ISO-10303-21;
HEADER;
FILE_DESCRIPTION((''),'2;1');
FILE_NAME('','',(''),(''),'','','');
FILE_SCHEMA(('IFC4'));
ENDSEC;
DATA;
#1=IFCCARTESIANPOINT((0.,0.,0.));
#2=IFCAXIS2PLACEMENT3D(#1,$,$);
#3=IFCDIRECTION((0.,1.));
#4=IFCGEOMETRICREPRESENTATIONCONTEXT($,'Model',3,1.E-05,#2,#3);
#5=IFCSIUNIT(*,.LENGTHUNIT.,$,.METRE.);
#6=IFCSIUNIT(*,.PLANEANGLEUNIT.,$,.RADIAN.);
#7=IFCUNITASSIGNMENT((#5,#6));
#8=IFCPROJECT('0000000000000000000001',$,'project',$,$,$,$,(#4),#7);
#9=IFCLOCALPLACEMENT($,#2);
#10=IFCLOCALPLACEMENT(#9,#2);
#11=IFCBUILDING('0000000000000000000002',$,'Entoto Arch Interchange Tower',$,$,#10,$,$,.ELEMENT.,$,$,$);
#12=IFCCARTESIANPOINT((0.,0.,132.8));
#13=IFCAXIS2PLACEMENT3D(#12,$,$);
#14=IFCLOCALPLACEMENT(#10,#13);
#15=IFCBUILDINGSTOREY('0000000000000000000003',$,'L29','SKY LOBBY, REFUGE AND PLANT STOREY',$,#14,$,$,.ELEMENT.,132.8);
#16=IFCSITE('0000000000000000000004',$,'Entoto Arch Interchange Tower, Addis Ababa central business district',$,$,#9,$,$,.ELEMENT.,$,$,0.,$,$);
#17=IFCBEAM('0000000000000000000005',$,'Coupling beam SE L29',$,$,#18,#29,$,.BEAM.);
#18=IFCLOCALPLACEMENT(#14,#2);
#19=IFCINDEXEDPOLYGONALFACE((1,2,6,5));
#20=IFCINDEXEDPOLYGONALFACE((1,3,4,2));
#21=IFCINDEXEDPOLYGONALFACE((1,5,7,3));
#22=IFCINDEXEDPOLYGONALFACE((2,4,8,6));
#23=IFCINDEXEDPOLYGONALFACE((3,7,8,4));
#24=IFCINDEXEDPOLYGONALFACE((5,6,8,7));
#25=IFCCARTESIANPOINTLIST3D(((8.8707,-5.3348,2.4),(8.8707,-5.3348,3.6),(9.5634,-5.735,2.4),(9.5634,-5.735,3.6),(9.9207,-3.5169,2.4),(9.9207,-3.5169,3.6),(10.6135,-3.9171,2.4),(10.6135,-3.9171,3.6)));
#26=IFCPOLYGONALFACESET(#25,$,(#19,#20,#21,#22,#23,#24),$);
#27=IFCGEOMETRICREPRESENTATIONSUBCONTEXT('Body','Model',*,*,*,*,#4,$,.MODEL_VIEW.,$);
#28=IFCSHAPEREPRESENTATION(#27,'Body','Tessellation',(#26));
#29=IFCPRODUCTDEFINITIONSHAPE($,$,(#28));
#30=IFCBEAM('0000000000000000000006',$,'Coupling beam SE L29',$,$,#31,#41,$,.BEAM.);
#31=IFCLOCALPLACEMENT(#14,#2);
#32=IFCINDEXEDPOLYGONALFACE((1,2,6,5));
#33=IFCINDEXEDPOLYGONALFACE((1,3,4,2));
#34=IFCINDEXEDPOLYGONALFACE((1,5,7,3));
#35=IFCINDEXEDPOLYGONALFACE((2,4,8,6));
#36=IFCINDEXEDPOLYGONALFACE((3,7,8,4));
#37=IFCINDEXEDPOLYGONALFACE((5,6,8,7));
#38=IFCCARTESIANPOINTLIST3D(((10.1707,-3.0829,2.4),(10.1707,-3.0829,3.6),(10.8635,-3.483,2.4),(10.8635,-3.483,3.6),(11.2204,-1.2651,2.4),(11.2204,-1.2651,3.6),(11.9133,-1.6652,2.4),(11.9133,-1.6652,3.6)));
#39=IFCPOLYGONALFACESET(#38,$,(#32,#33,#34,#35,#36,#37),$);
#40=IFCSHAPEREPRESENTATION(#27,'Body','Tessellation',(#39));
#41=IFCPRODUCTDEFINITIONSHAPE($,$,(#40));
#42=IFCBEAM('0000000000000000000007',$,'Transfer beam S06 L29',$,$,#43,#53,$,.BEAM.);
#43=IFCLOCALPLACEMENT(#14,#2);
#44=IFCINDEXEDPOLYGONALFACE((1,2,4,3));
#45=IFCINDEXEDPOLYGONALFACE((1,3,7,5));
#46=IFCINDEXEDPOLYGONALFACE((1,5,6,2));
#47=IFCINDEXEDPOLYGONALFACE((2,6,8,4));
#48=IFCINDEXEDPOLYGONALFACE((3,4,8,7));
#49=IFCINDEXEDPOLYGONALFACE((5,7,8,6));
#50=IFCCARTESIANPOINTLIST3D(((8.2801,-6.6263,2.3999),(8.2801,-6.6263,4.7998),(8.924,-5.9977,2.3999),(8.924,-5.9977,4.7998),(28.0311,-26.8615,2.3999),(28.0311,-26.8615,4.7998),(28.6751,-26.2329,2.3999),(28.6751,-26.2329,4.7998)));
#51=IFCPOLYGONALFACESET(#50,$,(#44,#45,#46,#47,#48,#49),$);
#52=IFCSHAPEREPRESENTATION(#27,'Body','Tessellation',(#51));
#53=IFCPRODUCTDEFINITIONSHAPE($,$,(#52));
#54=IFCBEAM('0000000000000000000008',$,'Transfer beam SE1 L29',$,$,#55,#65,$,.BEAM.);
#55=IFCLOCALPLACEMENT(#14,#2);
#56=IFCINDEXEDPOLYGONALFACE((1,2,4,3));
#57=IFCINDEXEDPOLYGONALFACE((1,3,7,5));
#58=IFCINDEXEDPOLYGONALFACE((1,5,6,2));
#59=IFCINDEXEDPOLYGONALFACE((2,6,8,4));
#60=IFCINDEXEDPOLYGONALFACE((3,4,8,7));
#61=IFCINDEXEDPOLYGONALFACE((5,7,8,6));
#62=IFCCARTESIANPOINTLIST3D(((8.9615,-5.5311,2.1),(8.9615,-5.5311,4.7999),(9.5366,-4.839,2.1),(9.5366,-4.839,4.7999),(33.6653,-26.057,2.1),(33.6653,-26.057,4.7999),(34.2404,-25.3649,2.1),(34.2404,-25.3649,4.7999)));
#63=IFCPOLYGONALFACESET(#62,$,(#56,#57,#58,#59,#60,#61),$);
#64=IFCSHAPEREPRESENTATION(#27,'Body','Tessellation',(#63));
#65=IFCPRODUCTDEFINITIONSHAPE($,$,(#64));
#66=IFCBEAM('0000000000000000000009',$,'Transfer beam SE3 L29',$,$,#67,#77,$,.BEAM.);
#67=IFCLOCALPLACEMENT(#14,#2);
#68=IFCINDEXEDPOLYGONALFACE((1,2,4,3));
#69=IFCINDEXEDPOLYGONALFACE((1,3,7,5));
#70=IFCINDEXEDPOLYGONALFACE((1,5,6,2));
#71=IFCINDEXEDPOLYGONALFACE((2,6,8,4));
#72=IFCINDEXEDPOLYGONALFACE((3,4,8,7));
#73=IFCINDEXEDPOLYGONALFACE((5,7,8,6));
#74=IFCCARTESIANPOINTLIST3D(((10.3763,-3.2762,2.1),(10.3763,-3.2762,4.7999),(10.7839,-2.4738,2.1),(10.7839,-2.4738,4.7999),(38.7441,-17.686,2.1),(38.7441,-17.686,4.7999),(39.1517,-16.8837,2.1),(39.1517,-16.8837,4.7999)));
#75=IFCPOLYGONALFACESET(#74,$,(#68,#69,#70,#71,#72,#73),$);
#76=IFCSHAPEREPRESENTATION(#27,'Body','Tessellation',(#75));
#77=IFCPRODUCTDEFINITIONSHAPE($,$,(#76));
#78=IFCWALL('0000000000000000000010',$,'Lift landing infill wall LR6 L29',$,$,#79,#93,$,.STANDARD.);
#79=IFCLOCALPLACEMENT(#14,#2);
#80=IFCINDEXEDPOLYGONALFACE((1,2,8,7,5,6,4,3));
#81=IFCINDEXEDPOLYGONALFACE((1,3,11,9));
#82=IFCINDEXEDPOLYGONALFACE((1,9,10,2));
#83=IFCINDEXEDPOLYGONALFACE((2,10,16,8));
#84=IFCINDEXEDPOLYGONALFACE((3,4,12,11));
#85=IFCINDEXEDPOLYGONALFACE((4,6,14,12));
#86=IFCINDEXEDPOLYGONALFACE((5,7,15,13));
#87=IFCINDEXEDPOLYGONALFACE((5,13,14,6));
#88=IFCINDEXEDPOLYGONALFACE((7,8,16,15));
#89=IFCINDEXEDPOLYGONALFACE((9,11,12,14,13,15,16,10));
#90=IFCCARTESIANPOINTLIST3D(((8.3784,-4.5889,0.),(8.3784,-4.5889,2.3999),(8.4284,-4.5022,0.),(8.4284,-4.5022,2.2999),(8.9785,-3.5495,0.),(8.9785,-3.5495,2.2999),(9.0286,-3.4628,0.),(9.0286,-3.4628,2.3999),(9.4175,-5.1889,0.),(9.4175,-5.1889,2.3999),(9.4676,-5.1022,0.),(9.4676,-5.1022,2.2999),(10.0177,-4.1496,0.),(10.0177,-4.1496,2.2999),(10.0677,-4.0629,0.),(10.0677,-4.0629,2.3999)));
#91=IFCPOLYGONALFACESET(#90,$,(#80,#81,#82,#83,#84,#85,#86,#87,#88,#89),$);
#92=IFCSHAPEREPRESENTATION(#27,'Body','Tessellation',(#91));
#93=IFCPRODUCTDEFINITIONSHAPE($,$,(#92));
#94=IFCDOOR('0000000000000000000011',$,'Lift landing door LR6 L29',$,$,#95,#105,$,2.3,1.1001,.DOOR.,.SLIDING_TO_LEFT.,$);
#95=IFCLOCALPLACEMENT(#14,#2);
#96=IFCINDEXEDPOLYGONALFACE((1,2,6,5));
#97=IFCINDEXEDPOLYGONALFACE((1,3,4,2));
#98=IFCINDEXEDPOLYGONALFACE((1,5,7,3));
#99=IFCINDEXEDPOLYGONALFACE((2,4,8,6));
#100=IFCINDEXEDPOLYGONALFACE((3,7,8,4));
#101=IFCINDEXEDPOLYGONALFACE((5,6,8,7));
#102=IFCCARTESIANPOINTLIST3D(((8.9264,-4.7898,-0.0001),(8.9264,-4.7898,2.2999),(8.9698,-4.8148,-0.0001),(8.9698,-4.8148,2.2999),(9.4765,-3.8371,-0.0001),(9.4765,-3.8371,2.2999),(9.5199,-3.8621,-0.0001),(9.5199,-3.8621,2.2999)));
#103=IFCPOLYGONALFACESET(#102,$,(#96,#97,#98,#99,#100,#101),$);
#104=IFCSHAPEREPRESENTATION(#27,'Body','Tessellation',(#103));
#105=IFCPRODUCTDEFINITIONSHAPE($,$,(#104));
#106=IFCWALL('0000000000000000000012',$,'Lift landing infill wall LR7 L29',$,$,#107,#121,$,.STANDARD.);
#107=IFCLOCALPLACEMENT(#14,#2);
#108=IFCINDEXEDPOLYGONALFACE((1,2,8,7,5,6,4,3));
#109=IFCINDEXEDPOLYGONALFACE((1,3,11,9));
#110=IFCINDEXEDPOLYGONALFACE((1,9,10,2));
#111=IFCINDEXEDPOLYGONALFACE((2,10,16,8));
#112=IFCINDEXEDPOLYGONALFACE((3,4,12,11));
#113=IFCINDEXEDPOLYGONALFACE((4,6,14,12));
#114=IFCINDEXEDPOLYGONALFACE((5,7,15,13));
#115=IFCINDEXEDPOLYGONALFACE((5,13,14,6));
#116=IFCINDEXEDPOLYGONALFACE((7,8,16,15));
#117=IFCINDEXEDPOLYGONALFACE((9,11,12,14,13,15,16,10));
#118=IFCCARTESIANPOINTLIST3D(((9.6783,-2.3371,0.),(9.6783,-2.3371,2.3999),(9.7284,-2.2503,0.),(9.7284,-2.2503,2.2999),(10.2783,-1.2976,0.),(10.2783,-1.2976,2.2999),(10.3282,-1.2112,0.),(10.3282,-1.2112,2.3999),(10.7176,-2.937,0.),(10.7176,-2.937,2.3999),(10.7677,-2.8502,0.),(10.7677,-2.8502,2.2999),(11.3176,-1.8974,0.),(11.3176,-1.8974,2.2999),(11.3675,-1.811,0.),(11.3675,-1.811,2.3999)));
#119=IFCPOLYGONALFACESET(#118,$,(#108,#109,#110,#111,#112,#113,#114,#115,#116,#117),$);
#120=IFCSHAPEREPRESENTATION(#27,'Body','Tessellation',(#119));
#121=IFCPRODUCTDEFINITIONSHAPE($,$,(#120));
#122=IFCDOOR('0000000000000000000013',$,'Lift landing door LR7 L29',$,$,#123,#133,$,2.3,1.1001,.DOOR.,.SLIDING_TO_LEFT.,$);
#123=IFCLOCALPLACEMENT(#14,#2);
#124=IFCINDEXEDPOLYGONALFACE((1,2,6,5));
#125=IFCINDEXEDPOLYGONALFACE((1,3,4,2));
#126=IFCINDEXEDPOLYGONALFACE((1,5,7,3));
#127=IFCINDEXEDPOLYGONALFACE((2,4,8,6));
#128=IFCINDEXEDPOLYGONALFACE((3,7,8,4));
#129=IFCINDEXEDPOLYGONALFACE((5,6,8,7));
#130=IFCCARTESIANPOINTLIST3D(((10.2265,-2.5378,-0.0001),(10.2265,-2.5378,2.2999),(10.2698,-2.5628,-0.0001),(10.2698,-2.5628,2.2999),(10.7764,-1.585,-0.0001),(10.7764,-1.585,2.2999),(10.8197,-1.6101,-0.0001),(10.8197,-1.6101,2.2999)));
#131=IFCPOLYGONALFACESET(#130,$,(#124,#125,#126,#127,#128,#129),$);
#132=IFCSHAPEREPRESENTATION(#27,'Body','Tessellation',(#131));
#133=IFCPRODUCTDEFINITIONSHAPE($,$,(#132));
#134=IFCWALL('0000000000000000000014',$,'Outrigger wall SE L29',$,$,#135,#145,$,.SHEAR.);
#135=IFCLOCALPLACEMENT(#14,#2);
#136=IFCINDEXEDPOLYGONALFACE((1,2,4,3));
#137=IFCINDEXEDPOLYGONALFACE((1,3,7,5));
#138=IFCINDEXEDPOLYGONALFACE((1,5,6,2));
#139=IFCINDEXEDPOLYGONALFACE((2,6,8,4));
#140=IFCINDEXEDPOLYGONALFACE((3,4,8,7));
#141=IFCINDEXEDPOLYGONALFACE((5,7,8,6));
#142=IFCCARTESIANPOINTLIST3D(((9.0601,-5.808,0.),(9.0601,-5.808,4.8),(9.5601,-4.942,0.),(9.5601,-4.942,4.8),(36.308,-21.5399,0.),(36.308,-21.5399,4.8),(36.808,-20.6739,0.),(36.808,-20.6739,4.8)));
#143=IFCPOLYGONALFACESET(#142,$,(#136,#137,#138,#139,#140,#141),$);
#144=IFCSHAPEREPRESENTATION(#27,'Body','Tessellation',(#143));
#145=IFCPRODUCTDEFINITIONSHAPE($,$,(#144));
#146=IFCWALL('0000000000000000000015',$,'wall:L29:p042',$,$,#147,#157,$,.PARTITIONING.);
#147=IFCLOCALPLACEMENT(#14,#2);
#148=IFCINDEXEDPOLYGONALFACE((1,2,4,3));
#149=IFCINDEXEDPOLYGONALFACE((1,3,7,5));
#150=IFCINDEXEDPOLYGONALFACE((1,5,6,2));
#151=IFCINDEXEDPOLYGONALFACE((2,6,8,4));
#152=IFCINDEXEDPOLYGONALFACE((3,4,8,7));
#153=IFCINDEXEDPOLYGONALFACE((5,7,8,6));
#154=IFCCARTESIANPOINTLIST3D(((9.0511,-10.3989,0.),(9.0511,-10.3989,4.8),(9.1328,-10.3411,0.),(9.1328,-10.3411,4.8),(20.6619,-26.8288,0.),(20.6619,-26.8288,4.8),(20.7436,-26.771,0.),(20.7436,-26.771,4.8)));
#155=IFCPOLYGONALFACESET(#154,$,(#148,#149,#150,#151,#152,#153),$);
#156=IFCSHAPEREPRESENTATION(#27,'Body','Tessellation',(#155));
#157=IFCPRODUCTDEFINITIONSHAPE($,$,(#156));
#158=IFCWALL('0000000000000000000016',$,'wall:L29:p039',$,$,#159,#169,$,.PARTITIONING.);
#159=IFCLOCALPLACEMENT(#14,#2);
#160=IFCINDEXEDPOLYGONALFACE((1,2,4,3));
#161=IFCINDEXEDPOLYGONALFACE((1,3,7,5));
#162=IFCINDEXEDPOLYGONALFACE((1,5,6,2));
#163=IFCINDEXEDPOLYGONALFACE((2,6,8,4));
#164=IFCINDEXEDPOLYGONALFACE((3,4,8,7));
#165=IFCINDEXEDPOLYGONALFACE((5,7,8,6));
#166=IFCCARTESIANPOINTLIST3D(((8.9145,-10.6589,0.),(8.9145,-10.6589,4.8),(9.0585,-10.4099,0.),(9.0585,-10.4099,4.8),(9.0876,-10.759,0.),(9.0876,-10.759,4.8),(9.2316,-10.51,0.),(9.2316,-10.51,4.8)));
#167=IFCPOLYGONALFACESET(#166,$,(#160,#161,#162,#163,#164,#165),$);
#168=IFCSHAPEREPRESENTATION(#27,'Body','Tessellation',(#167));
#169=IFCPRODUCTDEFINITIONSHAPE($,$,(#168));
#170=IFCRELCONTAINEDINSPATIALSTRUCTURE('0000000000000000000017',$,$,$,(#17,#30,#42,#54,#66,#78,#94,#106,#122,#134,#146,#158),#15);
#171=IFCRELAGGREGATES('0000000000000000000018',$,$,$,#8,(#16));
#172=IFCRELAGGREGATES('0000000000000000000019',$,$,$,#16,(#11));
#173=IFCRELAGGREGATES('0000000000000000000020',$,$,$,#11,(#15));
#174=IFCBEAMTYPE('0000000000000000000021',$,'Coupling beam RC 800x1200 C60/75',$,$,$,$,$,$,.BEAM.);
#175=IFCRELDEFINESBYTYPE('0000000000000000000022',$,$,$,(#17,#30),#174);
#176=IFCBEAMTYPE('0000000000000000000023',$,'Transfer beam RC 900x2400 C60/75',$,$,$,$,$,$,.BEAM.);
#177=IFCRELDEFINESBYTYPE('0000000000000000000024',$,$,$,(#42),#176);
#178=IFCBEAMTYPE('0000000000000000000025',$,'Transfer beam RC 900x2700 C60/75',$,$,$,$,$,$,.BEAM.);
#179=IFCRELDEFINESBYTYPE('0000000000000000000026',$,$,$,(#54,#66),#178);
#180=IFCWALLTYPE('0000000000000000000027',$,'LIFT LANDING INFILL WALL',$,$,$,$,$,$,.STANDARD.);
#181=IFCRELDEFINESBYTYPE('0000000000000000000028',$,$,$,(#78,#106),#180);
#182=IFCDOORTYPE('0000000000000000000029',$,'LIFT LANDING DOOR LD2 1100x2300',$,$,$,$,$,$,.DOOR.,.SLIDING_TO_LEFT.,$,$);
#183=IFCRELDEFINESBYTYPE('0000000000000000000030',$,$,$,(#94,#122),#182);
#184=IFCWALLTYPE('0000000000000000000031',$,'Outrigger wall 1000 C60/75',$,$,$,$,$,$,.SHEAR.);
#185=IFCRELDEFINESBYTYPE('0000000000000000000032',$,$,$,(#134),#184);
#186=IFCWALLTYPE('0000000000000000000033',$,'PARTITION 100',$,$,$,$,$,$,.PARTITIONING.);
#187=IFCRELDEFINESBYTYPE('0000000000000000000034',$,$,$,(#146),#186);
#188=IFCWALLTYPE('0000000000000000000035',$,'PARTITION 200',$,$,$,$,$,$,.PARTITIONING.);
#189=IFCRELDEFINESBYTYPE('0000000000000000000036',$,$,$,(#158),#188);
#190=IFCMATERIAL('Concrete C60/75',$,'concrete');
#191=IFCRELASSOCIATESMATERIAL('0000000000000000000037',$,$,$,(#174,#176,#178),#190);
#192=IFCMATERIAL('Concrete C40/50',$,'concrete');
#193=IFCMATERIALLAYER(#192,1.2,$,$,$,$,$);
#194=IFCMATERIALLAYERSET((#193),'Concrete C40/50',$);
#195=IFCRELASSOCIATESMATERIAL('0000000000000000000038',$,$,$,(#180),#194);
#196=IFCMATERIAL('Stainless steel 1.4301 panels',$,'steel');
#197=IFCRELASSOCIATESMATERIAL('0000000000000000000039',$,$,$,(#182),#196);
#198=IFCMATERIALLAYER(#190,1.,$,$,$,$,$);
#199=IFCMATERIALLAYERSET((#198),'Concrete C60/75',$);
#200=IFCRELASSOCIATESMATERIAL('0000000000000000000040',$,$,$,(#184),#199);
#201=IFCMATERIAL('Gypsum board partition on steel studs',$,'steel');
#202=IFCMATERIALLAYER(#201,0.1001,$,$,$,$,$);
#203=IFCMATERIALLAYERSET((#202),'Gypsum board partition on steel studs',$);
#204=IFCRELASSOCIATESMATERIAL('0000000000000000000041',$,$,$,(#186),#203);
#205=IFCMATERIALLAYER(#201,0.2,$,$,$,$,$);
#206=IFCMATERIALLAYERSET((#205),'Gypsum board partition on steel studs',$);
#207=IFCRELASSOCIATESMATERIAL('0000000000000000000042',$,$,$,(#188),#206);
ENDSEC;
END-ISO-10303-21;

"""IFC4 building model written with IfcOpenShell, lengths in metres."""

from ifc_helpers import new_model, si_unit, direction, frame, frame_2d, origin, origin_2d, place, context, subcontext, project, spatial, rectangle, extrude, material, layer, layer_set, material_profile, profile_set, type_object, element, fill, save


model = new_model("IFC4")

# Units and contexts
model_context = context("Model", 3, precision=1e-05, world=origin(), true_north=direction((0.0, 1.0)))
body_context = subcontext(model_context, "Body", "Model", "MODEL_VIEW")
ifc_project = project(units=[si_unit("LENGTHUNIT", "METRE"), si_unit("PLANEANGLEUNIT", "RADIAN")], contexts=[model_context])

# Site, building, storey
site_placement = place(None, origin())
site = spatial("IfcSite", under=ifc_project, at=site_placement, Name="Entoto Arch Interchange Tower, Addis Ababa central business district", CompositionType="ELEMENT", RefElevation=0.0)
building_placement = place(site_placement, origin())
building = spatial("IfcBuilding", under=site, at=building_placement, Name="Entoto Arch Interchange Tower", CompositionType="ELEMENT")
storey_placement = place(building_placement, frame((0.0, 0.0, 132.8)))
storey = spatial("IfcBuildingStorey", under=building, at=storey_placement, Name="L29", Description="SKY LOBBY, REFUGE AND PLANT STOREY", CompositionType="ELEMENT", Elevation=132.8)

# Beams
ifc_material_1 = material(Name="Concrete C60/75", Category="concrete")
ifc_material_profile_1 = material_profile(ifc_material_1, rectangle(XDim=0.8, YDim=1.2, at=origin_2d()))
ifc_profile_set_1 = profile_set([ifc_material_profile_1], Name="Concrete C60/75")
beam_type_1 = type_object("IfcBeamType", Name="Coupling beam RC 800x1200 C60/75", PredefinedType="BEAM", material=ifc_profile_set_1)
beam_1_placement = place(storey_placement, frame((9.217, -5.5349, 3.0), z_axis=(0.500179, 0.865922, 0.0), x_axis=(-0.865922, 0.500179, 0.0)))
element("IfcBeam", 1, at=beam_1_placement, inside=storey, type_object=beam_type_1, Name="Coupling beam SE L29", PredefinedType="BEAM", context=body_context, shape_type="SweptSolid", body=[
    extrude(rectangle(XDim=0.8, YDim=1.2, at=origin_2d()), origin(), (0.0, 0.0, 1.0), 2.0994),
])
beam_2_placement = place(storey_placement, frame((10.5171, -3.283, 3.0), z_axis=(0.500092, 0.865973, 0.0), x_axis=(-0.865973, 0.500092, 0.0)))
element("IfcBeam", 2, at=beam_2_placement, inside=storey, type_object=beam_type_1, Name="Coupling beam SE L29", PredefinedType="BEAM", context=body_context, shape_type="SweptSolid", body=[
    extrude(rectangle(XDim=0.8, YDim=1.2, at=origin_2d()), origin(), (0.0, 0.0, 1.0), 2.0991),
])
ifc_material_profile_2 = material_profile(ifc_material_1, rectangle(XDim=0.8999, YDim=2.3999, at=origin_2d()))
ifc_profile_set_2 = profile_set([ifc_material_profile_2], Name="Concrete C60/75")
beam_type_2 = type_object("IfcBeamType", Name="Transfer beam RC 900x2400 C60/75", PredefinedType="BEAM", material=ifc_profile_set_2)
beam_3_placement = place(storey_placement, frame((8.6021, -6.312, 3.5999), z_axis=(0.698494, -0.715616, 0.0), x_axis=(0.715616, 0.698494, 0.0)))
element("IfcBeam", 3, at=beam_3_placement, inside=storey, type_object=beam_type_2, Name="Transfer beam S06 L29", PredefinedType="BEAM", context=body_context, shape_type="SweptSolid", body=[
    extrude(rectangle(XDim=0.8999, YDim=2.3999, at=origin_2d()), origin(), (0.0, 0.0, 1.0), 28.2766),
])
ifc_material_profile_3 = material_profile(ifc_material_1, rectangle(XDim=0.8999, YDim=2.7, at=origin_2d()))
ifc_profile_set_3 = profile_set([ifc_material_profile_3], Name="Concrete C60/75")
beam_type_3 = type_object("IfcBeamType", Name="Transfer beam RC 900x2700 C60/75", PredefinedType="BEAM", material=ifc_profile_set_3)
beam_4_placement = place(storey_placement, frame((9.249, -5.1851, 3.45), z_axis=(0.769149, -0.639069, 0.0), x_axis=(0.639069, 0.769149, 0.0)))
element("IfcBeam", 4, at=beam_4_placement, inside=storey, type_object=beam_type_3, Name="Transfer beam SE1 L29", PredefinedType="BEAM", context=body_context, shape_type="SweptSolid", body=[
    extrude(rectangle(XDim=0.8999, YDim=2.7, at=origin_2d()), origin(), (0.0, 0.0, 1.0), 32.1184),
])
beam_5_placement = place(storey_placement, frame((10.5801, -2.875, 3.45), z_axis=(0.891569, -0.452886, 0.0), x_axis=(0.452886, 0.891569, 0.0)))
element("IfcBeam", 5, at=beam_5_placement, inside=storey, type_object=beam_type_3, Name="Transfer beam SE3 L29", PredefinedType="BEAM", context=body_context, shape_type="SweptSolid", body=[
    extrude(rectangle(XDim=0.8999, YDim=2.7, at=origin_2d()), origin(), (0.0, 0.0, 1.0), 31.8179),
])

# Walls, openings, doors
ifc_material_2 = material(Name="Concrete C40/50", Category="concrete")
ifc_layer_1 = layer(ifc_material_2, 1.2)
ifc_layer_set_1 = layer_set([ifc_layer_1], Name="Concrete C40/50")
wall_type_1 = type_object("IfcWallType", Name="LIFT LANDING INFILL WALL", PredefinedType="STANDARD", material=ifc_layer_set_1)
wall_1_placement = place(storey_placement, frame((8.8979, -4.8889, 0.0), z_axis=(0.0, 0.0, 1.0), x_axis=(0.500037, 0.866004, 0.0)))
wall_1 = element("IfcWall", 6, at=wall_1_placement, inside=storey, type_object=wall_type_1, Name="Lift landing infill wall LR6 L29", PredefinedType="STANDARD", context=body_context, shape_type="SweptSolid", body=[
    extrude(rectangle(XDim=1.3003, YDim=1.2, at=frame_2d((0.6501, 0.0))), origin(), (0.0, 0.0, 1.0), 2.3999),
])
opening_1_placement = place(wall_1_placement, frame((0.1001, 0.0, 0.0)))
opening_1 = element("IfcOpeningElement", 7, at=opening_1_placement, cuts=wall_1, PredefinedType="OPENING", context=body_context, shape_type="SweptSolid", body=[
    extrude(rectangle(XDim=1.1001, YDim=2.3, at=frame_2d((0.55, 1.1499))), frame((0.0, 0.6099, 0.0), z_axis=(0.0, -1.0, 0.0), x_axis=(1.0, 0.0, 0.0)), (0.0, 0.0, 1.0), 1.22),
])
ifc_material_3 = material(Name="Stainless steel 1.4301 panels", Category="steel")
door_type_1 = type_object("IfcDoorType", Name="LIFT LANDING DOOR LD2 1100x2300", OperationType="SLIDING_TO_LEFT", PredefinedType="DOOR", material=ifc_material_3)
door_1_placement = place(opening_1_placement, origin())
door_1 = element("IfcDoor", 8, at=door_1_placement, inside=storey, type_object=door_type_1, Name="Lift landing door LR6 L29", OperationType="SLIDING_TO_LEFT", OverallHeight=2.3, OverallWidth=1.1001, PredefinedType="DOOR", context=body_context, shape_type="SweptSolid", body=[
    extrude(rectangle(XDim=1.1001, YDim=2.3, at=frame_2d((0.55, 1.1499))), frame((0.0, 0.0249, 0.0), z_axis=(0.0, -1.0, 0.0), x_axis=(1.0, 0.0, 0.0)), (0.0, 0.0, 1.0), 0.05),
])
fill(opening_1, door_1)
wall_2_placement = place(storey_placement, frame((10.198, -2.637, 0.0), z_axis=(0.0, 0.0, 1.0), x_axis=(0.499896, 0.866086, 0.0)))
wall_2 = element("IfcWall", 9, at=wall_2_placement, inside=storey, type_object=wall_type_1, Name="Lift landing infill wall LR7 L29", PredefinedType="STANDARD", context=body_context, shape_type="SweptSolid", body=[
    extrude(rectangle(XDim=1.3, YDim=1.2, at=frame_2d((0.6499, 0.0))), origin(), (0.0, 0.0, 1.0), 2.3999),
])
opening_2_placement = place(wall_2_placement, frame((0.1001, 0.0, 0.0)))
opening_2 = element("IfcOpeningElement", 10, at=opening_2_placement, cuts=wall_2, PredefinedType="OPENING", context=body_context, shape_type="SweptSolid", body=[
    extrude(rectangle(XDim=1.1001, YDim=2.3, at=frame_2d((0.55, 1.1499))), frame((0.0, 0.6099, 0.0), z_axis=(0.0, -1.0, 0.0), x_axis=(1.0, 0.0, 0.0)), (0.0, 0.0, 1.0), 1.22),
])
door_2_placement = place(opening_2_placement, origin())
door_2 = element("IfcDoor", 11, at=door_2_placement, inside=storey, type_object=door_type_1, Name="Lift landing door LR7 L29", OperationType="SLIDING_TO_LEFT", OverallHeight=2.3, OverallWidth=1.1001, PredefinedType="DOOR", context=body_context, shape_type="SweptSolid", body=[
    extrude(rectangle(XDim=1.1001, YDim=2.3, at=frame_2d((0.55, 1.1499))), frame((0.0, 0.0249, 0.0), z_axis=(0.0, -1.0, 0.0), x_axis=(1.0, 0.0, 0.0)), (0.0, 0.0, 1.0), 0.05),
])
fill(opening_2, door_2)

# Walls
ifc_layer_2 = layer(ifc_material_1, 1.0)
ifc_layer_set_2 = layer_set([ifc_layer_2], Name="Concrete C60/75")
wall_type_2 = type_object("IfcWallType", Name="Outrigger wall 1000 C60/75", PredefinedType="SHEAR", material=ifc_layer_set_2)
wall_3_placement = place(storey_placement, frame((9.3101, -5.375, 0.0), z_axis=(0.0, 0.0, 1.0), x_axis=(0.866022, -0.500006, 0.0)))
element("IfcWall", 12, at=wall_3_placement, inside=storey, type_object=wall_type_2, Name="Outrigger wall SE L29", PredefinedType="SHEAR", context=body_context, shape_type="SweptSolid", body=[
    extrude(rectangle(XDim=31.4634, YDim=1.0, at=frame_2d((15.7317, 0.0))), origin(), (0.0, 0.0, 1.0), 4.8),
])
ifc_material_4 = material(Name="Gypsum board partition on steel studs", Category="steel")
ifc_layer_3 = layer(ifc_material_4, 0.1001)
ifc_layer_set_3 = layer_set([ifc_layer_3], Name="Gypsum board partition on steel studs")
wall_type_3 = type_object("IfcWallType", Name="PARTITION 100", PredefinedType="PARTITIONING", material=ifc_layer_set_3)
wall_4_placement = place(storey_placement, frame((9.092, -10.3701, 0.0), z_axis=(0.0, 0.0, 1.0), x_axis=(0.577122, -0.816658, 0.0)))
element("IfcWall", 13, at=wall_4_placement, inside=storey, type_object=wall_type_3, Name="wall:L29:p042", PredefinedType="PARTITIONING", context=body_context, shape_type="SweptSolid", body=[
    extrude(rectangle(XDim=20.1184, YDim=0.1001, at=frame_2d((10.0591, 0.0))), origin(), (0.0, 0.0, 1.0), 4.8),
])
ifc_layer_4 = layer(ifc_material_4, 0.2)
ifc_layer_set_4 = layer_set([ifc_layer_4], Name="Gypsum board partition on steel studs")
wall_type_4 = type_object("IfcWallType", Name="PARTITION 200", PredefinedType="PARTITIONING", material=ifc_layer_set_4)
wall_5_placement = place(storey_placement, frame((9.145, -10.46, 0.0), z_axis=(0.0, 0.0, 1.0), x_axis=(-0.500702, -0.86562, 0.0)))
element("IfcWall", 14, at=wall_5_placement, inside=storey, type_object=wall_type_4, Name="wall:L29:p039", PredefinedType="PARTITIONING", context=body_context, shape_type="SweptSolid", body=[
    extrude(rectangle(XDim=0.2876, YDim=0.2, at=frame_2d((0.1438, 0.0))), origin(), (0.0, 0.0, 1.0), 4.8),
])

save(model, "model.ifc")
